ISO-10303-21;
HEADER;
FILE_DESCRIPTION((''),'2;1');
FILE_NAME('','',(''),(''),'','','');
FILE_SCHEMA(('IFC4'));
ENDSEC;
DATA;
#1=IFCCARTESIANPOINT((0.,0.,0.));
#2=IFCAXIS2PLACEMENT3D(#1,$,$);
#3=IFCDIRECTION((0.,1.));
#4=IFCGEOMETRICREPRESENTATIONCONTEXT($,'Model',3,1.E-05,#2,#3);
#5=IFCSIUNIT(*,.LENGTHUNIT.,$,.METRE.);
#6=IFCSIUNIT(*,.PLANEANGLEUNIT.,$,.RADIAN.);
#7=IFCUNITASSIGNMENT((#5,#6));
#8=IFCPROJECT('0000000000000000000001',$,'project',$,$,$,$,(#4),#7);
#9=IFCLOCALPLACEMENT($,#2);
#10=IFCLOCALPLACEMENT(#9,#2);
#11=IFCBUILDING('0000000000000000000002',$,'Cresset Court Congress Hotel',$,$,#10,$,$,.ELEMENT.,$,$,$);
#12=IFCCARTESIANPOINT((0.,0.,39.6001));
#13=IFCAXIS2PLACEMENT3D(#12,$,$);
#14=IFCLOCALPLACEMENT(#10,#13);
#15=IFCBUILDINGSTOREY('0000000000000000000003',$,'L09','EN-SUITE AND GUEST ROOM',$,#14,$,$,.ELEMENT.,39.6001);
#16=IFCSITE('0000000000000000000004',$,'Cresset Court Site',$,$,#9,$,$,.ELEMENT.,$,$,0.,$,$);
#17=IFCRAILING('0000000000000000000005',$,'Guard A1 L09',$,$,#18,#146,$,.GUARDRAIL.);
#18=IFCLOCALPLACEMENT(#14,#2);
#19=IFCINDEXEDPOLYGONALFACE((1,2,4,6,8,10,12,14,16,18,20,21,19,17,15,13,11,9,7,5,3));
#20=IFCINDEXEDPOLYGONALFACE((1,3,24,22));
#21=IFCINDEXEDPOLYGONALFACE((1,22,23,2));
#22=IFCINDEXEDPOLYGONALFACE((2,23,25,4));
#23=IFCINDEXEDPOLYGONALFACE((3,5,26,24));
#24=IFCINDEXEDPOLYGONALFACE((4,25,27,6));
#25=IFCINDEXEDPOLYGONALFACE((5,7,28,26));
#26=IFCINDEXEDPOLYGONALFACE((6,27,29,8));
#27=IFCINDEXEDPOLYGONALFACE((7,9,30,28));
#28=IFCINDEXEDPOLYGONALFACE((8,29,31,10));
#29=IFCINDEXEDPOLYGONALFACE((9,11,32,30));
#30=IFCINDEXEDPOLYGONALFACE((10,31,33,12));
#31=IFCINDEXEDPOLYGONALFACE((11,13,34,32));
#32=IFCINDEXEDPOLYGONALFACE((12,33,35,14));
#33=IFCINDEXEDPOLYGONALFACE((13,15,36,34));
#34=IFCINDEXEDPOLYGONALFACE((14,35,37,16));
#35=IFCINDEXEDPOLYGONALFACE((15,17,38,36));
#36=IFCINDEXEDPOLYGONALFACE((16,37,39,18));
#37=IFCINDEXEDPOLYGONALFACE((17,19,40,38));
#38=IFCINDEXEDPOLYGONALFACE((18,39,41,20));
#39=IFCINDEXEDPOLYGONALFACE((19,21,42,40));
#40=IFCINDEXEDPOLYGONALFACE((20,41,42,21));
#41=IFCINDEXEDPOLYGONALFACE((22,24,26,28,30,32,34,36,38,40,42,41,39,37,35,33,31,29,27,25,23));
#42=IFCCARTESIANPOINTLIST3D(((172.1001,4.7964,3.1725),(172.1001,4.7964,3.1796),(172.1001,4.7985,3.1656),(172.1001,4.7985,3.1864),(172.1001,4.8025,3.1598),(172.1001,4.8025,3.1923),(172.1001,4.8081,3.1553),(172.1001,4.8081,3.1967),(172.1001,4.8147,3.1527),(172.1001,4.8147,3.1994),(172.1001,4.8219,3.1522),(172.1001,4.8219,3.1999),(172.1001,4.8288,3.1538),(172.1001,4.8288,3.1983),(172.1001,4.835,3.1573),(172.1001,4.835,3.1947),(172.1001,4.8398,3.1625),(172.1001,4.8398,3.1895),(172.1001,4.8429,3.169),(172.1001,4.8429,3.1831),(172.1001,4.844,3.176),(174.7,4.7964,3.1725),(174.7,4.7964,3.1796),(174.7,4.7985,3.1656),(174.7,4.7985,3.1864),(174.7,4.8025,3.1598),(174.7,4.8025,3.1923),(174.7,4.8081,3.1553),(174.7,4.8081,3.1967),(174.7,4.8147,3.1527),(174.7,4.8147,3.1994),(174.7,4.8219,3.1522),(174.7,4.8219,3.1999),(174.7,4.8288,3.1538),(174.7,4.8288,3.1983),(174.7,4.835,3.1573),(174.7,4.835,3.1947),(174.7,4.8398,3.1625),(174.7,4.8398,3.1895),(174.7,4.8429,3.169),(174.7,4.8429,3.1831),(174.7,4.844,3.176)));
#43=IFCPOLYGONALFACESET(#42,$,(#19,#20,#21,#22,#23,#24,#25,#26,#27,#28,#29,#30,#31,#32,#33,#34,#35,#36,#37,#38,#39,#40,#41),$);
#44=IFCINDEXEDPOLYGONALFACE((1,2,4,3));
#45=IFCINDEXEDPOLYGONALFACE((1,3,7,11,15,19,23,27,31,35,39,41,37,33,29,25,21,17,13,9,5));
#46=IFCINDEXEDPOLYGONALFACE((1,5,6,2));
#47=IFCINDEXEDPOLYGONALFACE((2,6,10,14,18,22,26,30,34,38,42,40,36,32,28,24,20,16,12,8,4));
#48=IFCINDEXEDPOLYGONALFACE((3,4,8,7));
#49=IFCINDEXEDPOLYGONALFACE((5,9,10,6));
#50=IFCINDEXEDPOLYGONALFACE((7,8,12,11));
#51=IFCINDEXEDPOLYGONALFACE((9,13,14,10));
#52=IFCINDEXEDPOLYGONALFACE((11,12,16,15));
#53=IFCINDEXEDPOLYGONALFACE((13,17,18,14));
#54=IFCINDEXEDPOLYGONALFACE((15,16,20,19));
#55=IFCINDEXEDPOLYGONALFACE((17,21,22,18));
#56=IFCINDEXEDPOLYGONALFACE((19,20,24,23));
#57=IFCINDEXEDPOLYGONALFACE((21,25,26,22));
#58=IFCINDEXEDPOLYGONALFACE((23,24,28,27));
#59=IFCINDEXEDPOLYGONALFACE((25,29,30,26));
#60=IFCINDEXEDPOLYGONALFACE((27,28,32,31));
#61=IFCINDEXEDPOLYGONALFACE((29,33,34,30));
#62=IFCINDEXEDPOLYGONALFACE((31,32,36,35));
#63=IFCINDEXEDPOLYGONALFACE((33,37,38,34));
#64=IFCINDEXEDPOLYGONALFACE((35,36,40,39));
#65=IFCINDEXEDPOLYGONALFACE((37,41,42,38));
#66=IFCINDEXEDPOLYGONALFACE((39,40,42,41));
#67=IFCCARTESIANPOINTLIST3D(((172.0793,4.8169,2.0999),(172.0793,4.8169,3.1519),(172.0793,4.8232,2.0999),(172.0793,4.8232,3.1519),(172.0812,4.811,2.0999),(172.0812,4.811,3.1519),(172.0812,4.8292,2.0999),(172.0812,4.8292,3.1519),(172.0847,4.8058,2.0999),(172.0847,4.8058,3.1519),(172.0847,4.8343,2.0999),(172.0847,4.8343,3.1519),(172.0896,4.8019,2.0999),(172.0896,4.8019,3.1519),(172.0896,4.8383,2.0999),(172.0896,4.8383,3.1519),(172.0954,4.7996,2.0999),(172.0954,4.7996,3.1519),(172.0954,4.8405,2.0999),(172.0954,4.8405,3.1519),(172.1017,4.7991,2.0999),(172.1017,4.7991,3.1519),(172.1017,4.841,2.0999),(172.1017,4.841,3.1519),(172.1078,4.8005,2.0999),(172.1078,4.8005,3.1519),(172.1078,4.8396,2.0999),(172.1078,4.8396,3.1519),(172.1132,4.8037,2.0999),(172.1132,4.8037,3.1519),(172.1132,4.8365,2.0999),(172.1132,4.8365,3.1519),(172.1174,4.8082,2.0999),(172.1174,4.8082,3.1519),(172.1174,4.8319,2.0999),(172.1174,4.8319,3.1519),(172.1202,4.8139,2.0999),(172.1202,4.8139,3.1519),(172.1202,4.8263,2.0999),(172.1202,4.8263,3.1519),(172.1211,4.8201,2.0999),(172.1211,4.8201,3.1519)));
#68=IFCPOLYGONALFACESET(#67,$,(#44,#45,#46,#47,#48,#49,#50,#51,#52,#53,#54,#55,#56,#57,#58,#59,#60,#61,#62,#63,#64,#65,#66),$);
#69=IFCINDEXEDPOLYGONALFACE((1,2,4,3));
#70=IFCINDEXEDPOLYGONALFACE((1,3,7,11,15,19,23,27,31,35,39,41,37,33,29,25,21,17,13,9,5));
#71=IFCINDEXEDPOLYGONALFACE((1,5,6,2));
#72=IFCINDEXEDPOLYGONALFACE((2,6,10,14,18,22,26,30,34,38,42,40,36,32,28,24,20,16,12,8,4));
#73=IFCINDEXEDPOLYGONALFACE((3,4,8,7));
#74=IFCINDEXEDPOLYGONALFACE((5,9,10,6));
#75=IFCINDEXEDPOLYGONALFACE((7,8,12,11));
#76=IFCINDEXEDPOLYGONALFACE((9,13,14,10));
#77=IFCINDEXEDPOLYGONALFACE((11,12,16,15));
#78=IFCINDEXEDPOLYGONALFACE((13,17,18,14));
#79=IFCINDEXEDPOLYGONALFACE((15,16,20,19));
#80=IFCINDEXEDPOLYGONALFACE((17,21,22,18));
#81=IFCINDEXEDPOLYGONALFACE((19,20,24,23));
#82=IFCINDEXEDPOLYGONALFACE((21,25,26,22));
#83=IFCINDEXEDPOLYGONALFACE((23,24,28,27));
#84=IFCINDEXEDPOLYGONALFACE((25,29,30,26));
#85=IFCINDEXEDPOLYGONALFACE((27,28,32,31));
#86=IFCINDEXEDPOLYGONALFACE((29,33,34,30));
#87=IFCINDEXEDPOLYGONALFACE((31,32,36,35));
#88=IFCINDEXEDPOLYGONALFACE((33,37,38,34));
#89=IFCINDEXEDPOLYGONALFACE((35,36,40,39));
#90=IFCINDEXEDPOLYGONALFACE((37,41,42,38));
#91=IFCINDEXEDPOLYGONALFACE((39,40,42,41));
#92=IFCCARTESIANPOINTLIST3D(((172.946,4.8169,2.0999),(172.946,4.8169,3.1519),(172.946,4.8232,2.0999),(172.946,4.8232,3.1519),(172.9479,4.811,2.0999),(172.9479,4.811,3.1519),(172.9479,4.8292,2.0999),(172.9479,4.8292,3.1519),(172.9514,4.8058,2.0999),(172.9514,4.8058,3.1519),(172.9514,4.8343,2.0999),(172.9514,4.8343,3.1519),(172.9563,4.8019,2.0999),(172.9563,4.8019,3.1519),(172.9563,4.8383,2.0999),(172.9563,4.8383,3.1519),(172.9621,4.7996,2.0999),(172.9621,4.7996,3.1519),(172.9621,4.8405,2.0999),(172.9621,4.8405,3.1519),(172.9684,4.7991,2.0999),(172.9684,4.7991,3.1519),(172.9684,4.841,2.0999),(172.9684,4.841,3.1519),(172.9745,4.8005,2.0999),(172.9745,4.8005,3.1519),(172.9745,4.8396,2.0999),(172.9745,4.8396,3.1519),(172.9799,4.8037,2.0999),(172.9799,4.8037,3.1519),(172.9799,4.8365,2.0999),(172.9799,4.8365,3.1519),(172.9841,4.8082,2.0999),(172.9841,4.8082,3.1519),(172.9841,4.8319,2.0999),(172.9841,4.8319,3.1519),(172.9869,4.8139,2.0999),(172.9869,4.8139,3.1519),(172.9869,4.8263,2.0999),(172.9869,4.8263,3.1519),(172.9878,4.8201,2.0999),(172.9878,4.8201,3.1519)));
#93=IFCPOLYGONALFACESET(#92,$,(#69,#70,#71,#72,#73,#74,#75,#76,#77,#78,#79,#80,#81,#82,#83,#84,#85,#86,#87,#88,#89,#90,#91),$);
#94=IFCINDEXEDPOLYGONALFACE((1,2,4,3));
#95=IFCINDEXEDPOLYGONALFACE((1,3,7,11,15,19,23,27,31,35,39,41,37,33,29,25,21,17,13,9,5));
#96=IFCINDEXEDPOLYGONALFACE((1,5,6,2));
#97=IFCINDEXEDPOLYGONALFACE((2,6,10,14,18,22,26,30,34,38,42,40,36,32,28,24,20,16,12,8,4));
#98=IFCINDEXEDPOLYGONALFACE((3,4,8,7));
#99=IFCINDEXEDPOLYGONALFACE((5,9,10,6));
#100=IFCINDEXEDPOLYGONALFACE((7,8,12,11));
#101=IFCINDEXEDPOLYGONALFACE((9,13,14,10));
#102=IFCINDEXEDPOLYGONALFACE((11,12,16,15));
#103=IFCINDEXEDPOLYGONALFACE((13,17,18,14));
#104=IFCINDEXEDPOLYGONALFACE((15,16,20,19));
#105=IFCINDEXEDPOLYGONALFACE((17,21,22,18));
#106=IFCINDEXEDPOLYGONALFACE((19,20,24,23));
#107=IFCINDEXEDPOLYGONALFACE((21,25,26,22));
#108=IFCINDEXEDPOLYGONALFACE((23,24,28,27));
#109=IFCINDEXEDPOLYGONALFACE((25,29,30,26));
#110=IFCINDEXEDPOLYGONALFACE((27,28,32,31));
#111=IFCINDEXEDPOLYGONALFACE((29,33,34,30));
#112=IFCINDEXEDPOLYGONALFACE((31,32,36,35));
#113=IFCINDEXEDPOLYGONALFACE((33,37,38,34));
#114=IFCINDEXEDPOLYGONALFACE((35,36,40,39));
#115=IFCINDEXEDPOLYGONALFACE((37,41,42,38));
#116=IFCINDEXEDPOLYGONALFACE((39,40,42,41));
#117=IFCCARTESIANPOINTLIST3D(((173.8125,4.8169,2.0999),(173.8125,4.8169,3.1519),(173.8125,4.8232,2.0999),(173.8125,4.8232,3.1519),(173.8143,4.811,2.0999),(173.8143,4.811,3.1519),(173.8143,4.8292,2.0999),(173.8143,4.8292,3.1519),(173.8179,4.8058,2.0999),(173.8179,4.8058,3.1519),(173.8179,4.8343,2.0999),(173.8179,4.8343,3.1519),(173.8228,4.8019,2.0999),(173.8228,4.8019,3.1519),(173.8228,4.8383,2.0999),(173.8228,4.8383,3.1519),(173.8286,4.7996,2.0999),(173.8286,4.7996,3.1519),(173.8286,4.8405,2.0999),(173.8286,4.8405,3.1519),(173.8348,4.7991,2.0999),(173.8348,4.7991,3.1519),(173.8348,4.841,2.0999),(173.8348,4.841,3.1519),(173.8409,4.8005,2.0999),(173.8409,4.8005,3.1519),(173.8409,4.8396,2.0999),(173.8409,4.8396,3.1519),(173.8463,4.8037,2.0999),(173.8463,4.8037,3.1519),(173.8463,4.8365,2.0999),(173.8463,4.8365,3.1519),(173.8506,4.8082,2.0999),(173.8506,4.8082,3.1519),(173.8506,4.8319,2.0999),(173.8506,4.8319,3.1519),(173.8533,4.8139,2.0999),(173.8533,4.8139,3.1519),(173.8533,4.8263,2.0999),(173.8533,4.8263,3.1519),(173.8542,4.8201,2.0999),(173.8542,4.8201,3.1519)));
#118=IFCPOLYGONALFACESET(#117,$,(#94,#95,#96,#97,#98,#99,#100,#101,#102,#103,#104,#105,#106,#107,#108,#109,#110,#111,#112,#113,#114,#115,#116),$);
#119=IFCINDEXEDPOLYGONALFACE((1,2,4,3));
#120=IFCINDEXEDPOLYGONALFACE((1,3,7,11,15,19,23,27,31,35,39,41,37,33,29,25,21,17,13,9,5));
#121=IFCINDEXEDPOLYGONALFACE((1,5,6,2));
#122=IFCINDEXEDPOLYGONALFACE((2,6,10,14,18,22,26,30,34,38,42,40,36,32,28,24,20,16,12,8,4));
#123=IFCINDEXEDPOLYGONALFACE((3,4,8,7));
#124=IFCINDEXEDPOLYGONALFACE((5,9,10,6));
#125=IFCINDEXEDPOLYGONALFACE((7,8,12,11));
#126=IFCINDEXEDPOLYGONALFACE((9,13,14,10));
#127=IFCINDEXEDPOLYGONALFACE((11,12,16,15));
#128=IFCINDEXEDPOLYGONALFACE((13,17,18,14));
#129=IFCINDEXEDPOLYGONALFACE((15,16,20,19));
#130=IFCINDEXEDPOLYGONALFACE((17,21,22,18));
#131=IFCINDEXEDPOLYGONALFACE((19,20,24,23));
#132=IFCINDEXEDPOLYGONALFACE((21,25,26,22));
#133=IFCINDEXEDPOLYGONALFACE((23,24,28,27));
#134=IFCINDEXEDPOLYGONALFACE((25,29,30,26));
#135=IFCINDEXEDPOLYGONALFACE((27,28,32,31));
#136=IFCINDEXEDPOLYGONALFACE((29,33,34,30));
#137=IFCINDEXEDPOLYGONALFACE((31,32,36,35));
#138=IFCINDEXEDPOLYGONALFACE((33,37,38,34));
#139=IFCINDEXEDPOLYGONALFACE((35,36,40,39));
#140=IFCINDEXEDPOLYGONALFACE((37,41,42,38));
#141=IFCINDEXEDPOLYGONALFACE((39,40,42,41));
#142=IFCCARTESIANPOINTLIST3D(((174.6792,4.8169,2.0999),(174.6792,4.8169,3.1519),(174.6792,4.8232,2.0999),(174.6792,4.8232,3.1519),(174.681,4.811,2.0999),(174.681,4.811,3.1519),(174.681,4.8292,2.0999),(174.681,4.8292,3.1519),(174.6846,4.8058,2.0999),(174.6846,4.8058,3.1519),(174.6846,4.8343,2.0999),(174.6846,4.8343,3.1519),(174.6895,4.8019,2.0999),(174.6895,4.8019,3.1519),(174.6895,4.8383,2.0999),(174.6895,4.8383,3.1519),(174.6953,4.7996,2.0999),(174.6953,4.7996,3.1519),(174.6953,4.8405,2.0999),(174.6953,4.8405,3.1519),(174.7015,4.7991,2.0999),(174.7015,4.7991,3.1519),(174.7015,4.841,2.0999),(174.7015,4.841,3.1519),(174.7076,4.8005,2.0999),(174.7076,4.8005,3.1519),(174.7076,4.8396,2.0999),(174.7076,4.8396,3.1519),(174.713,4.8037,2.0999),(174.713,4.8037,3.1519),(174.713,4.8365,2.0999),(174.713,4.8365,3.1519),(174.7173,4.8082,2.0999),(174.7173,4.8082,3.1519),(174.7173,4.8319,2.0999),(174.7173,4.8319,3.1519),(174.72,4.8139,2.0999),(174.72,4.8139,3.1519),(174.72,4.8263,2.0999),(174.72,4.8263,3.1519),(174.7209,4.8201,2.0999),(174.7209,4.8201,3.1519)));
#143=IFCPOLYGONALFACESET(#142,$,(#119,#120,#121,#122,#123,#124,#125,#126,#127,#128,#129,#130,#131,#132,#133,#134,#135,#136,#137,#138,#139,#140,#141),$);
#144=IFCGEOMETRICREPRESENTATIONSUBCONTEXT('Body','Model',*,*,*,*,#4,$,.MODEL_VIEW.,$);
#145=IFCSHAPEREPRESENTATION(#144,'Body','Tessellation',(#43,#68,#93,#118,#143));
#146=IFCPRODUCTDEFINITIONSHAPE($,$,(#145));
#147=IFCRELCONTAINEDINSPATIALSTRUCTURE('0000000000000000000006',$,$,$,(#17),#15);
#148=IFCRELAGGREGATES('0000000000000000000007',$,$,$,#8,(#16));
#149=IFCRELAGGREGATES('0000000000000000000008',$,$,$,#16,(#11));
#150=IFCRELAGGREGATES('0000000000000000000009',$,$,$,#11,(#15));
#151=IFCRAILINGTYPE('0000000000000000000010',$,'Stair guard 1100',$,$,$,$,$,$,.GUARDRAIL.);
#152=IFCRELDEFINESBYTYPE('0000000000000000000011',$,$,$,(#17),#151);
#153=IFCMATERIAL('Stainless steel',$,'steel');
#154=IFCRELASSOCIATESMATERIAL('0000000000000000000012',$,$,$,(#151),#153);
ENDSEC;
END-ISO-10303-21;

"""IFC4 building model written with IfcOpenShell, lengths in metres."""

from ifc_helpers import new_model, si_unit, direction, frame, origin, origin_2d, place, context, subcontext, project, spatial, circle, extrude, material, type_object, element, save


model = new_model("IFC4")

# Units and contexts
model_context = context("Model", 3, precision=1e-05, world=origin(), true_north=direction((0.0, 1.0)))
body_context = subcontext(model_context, "Body", "Model", "MODEL_VIEW")
ifc_project = project(units=[si_unit("LENGTHUNIT", "METRE"), si_unit("PLANEANGLEUNIT", "RADIAN")], contexts=[model_context])

# Site, building, storey
site_placement = place(None, origin())
site = spatial("IfcSite", under=ifc_project, at=site_placement, Name="Cresset Court Site", CompositionType="ELEMENT", RefElevation=0.0)
building_placement = place(site_placement, origin())
building = spatial("IfcBuilding", under=site, at=building_placement, Name="Cresset Court Congress Hotel", CompositionType="ELEMENT")
storey_placement = place(building_placement, frame((0.0, 0.0, 39.6001)))
storey = spatial("IfcBuildingStorey", under=building, at=storey_placement, Name="L09", Description="EN-SUITE AND GUEST ROOM", CompositionType="ELEMENT", Elevation=39.6001)

# Railing
ifc_material_1 = material(Name="Stainless steel", Category="steel")
railing_type_1 = type_object("IfcRailingType", Name="Stair guard 1100", PredefinedType="GUARDRAIL", material=ifc_material_1)
railing_1_placement = place(storey_placement, frame((172.1001, 4.8201, 2.0999)))
element("IfcRailing", 1, at=railing_1_placement, inside=storey, type_object=railing_type_1, Name="Guard A1 L09", PredefinedType="GUARDRAIL", context=body_context, shape_type="SweptSolid", body=[
    extrude(circle(Radius=0.0239, at=origin_2d()), frame((0.0, 0.0, 1.0762), z_axis=(1.0, 0.0, 0.0), x_axis=(0.0, 1.0, 0.0)), (0.0, 0.0, 1.0), 2.5999),
    extrude(circle(Radius=0.021, at=origin_2d()), origin(), (0.0, 0.0, 1.0), 1.052),
    extrude(circle(Radius=0.021, at=origin_2d()), frame((0.8667, 0.0, 0.0)), (0.0, 0.0, 1.0), 1.052),
    extrude(circle(Radius=0.021, at=origin_2d()), frame((1.7332, 0.0, 0.0)), (0.0, 0.0, 1.0), 1.052),
    extrude(circle(Radius=0.021, at=origin_2d()), frame((2.5999, 0.0, 0.0)), (0.0, 0.0, 1.0), 1.052),
])

save(model, "model.ifc")
